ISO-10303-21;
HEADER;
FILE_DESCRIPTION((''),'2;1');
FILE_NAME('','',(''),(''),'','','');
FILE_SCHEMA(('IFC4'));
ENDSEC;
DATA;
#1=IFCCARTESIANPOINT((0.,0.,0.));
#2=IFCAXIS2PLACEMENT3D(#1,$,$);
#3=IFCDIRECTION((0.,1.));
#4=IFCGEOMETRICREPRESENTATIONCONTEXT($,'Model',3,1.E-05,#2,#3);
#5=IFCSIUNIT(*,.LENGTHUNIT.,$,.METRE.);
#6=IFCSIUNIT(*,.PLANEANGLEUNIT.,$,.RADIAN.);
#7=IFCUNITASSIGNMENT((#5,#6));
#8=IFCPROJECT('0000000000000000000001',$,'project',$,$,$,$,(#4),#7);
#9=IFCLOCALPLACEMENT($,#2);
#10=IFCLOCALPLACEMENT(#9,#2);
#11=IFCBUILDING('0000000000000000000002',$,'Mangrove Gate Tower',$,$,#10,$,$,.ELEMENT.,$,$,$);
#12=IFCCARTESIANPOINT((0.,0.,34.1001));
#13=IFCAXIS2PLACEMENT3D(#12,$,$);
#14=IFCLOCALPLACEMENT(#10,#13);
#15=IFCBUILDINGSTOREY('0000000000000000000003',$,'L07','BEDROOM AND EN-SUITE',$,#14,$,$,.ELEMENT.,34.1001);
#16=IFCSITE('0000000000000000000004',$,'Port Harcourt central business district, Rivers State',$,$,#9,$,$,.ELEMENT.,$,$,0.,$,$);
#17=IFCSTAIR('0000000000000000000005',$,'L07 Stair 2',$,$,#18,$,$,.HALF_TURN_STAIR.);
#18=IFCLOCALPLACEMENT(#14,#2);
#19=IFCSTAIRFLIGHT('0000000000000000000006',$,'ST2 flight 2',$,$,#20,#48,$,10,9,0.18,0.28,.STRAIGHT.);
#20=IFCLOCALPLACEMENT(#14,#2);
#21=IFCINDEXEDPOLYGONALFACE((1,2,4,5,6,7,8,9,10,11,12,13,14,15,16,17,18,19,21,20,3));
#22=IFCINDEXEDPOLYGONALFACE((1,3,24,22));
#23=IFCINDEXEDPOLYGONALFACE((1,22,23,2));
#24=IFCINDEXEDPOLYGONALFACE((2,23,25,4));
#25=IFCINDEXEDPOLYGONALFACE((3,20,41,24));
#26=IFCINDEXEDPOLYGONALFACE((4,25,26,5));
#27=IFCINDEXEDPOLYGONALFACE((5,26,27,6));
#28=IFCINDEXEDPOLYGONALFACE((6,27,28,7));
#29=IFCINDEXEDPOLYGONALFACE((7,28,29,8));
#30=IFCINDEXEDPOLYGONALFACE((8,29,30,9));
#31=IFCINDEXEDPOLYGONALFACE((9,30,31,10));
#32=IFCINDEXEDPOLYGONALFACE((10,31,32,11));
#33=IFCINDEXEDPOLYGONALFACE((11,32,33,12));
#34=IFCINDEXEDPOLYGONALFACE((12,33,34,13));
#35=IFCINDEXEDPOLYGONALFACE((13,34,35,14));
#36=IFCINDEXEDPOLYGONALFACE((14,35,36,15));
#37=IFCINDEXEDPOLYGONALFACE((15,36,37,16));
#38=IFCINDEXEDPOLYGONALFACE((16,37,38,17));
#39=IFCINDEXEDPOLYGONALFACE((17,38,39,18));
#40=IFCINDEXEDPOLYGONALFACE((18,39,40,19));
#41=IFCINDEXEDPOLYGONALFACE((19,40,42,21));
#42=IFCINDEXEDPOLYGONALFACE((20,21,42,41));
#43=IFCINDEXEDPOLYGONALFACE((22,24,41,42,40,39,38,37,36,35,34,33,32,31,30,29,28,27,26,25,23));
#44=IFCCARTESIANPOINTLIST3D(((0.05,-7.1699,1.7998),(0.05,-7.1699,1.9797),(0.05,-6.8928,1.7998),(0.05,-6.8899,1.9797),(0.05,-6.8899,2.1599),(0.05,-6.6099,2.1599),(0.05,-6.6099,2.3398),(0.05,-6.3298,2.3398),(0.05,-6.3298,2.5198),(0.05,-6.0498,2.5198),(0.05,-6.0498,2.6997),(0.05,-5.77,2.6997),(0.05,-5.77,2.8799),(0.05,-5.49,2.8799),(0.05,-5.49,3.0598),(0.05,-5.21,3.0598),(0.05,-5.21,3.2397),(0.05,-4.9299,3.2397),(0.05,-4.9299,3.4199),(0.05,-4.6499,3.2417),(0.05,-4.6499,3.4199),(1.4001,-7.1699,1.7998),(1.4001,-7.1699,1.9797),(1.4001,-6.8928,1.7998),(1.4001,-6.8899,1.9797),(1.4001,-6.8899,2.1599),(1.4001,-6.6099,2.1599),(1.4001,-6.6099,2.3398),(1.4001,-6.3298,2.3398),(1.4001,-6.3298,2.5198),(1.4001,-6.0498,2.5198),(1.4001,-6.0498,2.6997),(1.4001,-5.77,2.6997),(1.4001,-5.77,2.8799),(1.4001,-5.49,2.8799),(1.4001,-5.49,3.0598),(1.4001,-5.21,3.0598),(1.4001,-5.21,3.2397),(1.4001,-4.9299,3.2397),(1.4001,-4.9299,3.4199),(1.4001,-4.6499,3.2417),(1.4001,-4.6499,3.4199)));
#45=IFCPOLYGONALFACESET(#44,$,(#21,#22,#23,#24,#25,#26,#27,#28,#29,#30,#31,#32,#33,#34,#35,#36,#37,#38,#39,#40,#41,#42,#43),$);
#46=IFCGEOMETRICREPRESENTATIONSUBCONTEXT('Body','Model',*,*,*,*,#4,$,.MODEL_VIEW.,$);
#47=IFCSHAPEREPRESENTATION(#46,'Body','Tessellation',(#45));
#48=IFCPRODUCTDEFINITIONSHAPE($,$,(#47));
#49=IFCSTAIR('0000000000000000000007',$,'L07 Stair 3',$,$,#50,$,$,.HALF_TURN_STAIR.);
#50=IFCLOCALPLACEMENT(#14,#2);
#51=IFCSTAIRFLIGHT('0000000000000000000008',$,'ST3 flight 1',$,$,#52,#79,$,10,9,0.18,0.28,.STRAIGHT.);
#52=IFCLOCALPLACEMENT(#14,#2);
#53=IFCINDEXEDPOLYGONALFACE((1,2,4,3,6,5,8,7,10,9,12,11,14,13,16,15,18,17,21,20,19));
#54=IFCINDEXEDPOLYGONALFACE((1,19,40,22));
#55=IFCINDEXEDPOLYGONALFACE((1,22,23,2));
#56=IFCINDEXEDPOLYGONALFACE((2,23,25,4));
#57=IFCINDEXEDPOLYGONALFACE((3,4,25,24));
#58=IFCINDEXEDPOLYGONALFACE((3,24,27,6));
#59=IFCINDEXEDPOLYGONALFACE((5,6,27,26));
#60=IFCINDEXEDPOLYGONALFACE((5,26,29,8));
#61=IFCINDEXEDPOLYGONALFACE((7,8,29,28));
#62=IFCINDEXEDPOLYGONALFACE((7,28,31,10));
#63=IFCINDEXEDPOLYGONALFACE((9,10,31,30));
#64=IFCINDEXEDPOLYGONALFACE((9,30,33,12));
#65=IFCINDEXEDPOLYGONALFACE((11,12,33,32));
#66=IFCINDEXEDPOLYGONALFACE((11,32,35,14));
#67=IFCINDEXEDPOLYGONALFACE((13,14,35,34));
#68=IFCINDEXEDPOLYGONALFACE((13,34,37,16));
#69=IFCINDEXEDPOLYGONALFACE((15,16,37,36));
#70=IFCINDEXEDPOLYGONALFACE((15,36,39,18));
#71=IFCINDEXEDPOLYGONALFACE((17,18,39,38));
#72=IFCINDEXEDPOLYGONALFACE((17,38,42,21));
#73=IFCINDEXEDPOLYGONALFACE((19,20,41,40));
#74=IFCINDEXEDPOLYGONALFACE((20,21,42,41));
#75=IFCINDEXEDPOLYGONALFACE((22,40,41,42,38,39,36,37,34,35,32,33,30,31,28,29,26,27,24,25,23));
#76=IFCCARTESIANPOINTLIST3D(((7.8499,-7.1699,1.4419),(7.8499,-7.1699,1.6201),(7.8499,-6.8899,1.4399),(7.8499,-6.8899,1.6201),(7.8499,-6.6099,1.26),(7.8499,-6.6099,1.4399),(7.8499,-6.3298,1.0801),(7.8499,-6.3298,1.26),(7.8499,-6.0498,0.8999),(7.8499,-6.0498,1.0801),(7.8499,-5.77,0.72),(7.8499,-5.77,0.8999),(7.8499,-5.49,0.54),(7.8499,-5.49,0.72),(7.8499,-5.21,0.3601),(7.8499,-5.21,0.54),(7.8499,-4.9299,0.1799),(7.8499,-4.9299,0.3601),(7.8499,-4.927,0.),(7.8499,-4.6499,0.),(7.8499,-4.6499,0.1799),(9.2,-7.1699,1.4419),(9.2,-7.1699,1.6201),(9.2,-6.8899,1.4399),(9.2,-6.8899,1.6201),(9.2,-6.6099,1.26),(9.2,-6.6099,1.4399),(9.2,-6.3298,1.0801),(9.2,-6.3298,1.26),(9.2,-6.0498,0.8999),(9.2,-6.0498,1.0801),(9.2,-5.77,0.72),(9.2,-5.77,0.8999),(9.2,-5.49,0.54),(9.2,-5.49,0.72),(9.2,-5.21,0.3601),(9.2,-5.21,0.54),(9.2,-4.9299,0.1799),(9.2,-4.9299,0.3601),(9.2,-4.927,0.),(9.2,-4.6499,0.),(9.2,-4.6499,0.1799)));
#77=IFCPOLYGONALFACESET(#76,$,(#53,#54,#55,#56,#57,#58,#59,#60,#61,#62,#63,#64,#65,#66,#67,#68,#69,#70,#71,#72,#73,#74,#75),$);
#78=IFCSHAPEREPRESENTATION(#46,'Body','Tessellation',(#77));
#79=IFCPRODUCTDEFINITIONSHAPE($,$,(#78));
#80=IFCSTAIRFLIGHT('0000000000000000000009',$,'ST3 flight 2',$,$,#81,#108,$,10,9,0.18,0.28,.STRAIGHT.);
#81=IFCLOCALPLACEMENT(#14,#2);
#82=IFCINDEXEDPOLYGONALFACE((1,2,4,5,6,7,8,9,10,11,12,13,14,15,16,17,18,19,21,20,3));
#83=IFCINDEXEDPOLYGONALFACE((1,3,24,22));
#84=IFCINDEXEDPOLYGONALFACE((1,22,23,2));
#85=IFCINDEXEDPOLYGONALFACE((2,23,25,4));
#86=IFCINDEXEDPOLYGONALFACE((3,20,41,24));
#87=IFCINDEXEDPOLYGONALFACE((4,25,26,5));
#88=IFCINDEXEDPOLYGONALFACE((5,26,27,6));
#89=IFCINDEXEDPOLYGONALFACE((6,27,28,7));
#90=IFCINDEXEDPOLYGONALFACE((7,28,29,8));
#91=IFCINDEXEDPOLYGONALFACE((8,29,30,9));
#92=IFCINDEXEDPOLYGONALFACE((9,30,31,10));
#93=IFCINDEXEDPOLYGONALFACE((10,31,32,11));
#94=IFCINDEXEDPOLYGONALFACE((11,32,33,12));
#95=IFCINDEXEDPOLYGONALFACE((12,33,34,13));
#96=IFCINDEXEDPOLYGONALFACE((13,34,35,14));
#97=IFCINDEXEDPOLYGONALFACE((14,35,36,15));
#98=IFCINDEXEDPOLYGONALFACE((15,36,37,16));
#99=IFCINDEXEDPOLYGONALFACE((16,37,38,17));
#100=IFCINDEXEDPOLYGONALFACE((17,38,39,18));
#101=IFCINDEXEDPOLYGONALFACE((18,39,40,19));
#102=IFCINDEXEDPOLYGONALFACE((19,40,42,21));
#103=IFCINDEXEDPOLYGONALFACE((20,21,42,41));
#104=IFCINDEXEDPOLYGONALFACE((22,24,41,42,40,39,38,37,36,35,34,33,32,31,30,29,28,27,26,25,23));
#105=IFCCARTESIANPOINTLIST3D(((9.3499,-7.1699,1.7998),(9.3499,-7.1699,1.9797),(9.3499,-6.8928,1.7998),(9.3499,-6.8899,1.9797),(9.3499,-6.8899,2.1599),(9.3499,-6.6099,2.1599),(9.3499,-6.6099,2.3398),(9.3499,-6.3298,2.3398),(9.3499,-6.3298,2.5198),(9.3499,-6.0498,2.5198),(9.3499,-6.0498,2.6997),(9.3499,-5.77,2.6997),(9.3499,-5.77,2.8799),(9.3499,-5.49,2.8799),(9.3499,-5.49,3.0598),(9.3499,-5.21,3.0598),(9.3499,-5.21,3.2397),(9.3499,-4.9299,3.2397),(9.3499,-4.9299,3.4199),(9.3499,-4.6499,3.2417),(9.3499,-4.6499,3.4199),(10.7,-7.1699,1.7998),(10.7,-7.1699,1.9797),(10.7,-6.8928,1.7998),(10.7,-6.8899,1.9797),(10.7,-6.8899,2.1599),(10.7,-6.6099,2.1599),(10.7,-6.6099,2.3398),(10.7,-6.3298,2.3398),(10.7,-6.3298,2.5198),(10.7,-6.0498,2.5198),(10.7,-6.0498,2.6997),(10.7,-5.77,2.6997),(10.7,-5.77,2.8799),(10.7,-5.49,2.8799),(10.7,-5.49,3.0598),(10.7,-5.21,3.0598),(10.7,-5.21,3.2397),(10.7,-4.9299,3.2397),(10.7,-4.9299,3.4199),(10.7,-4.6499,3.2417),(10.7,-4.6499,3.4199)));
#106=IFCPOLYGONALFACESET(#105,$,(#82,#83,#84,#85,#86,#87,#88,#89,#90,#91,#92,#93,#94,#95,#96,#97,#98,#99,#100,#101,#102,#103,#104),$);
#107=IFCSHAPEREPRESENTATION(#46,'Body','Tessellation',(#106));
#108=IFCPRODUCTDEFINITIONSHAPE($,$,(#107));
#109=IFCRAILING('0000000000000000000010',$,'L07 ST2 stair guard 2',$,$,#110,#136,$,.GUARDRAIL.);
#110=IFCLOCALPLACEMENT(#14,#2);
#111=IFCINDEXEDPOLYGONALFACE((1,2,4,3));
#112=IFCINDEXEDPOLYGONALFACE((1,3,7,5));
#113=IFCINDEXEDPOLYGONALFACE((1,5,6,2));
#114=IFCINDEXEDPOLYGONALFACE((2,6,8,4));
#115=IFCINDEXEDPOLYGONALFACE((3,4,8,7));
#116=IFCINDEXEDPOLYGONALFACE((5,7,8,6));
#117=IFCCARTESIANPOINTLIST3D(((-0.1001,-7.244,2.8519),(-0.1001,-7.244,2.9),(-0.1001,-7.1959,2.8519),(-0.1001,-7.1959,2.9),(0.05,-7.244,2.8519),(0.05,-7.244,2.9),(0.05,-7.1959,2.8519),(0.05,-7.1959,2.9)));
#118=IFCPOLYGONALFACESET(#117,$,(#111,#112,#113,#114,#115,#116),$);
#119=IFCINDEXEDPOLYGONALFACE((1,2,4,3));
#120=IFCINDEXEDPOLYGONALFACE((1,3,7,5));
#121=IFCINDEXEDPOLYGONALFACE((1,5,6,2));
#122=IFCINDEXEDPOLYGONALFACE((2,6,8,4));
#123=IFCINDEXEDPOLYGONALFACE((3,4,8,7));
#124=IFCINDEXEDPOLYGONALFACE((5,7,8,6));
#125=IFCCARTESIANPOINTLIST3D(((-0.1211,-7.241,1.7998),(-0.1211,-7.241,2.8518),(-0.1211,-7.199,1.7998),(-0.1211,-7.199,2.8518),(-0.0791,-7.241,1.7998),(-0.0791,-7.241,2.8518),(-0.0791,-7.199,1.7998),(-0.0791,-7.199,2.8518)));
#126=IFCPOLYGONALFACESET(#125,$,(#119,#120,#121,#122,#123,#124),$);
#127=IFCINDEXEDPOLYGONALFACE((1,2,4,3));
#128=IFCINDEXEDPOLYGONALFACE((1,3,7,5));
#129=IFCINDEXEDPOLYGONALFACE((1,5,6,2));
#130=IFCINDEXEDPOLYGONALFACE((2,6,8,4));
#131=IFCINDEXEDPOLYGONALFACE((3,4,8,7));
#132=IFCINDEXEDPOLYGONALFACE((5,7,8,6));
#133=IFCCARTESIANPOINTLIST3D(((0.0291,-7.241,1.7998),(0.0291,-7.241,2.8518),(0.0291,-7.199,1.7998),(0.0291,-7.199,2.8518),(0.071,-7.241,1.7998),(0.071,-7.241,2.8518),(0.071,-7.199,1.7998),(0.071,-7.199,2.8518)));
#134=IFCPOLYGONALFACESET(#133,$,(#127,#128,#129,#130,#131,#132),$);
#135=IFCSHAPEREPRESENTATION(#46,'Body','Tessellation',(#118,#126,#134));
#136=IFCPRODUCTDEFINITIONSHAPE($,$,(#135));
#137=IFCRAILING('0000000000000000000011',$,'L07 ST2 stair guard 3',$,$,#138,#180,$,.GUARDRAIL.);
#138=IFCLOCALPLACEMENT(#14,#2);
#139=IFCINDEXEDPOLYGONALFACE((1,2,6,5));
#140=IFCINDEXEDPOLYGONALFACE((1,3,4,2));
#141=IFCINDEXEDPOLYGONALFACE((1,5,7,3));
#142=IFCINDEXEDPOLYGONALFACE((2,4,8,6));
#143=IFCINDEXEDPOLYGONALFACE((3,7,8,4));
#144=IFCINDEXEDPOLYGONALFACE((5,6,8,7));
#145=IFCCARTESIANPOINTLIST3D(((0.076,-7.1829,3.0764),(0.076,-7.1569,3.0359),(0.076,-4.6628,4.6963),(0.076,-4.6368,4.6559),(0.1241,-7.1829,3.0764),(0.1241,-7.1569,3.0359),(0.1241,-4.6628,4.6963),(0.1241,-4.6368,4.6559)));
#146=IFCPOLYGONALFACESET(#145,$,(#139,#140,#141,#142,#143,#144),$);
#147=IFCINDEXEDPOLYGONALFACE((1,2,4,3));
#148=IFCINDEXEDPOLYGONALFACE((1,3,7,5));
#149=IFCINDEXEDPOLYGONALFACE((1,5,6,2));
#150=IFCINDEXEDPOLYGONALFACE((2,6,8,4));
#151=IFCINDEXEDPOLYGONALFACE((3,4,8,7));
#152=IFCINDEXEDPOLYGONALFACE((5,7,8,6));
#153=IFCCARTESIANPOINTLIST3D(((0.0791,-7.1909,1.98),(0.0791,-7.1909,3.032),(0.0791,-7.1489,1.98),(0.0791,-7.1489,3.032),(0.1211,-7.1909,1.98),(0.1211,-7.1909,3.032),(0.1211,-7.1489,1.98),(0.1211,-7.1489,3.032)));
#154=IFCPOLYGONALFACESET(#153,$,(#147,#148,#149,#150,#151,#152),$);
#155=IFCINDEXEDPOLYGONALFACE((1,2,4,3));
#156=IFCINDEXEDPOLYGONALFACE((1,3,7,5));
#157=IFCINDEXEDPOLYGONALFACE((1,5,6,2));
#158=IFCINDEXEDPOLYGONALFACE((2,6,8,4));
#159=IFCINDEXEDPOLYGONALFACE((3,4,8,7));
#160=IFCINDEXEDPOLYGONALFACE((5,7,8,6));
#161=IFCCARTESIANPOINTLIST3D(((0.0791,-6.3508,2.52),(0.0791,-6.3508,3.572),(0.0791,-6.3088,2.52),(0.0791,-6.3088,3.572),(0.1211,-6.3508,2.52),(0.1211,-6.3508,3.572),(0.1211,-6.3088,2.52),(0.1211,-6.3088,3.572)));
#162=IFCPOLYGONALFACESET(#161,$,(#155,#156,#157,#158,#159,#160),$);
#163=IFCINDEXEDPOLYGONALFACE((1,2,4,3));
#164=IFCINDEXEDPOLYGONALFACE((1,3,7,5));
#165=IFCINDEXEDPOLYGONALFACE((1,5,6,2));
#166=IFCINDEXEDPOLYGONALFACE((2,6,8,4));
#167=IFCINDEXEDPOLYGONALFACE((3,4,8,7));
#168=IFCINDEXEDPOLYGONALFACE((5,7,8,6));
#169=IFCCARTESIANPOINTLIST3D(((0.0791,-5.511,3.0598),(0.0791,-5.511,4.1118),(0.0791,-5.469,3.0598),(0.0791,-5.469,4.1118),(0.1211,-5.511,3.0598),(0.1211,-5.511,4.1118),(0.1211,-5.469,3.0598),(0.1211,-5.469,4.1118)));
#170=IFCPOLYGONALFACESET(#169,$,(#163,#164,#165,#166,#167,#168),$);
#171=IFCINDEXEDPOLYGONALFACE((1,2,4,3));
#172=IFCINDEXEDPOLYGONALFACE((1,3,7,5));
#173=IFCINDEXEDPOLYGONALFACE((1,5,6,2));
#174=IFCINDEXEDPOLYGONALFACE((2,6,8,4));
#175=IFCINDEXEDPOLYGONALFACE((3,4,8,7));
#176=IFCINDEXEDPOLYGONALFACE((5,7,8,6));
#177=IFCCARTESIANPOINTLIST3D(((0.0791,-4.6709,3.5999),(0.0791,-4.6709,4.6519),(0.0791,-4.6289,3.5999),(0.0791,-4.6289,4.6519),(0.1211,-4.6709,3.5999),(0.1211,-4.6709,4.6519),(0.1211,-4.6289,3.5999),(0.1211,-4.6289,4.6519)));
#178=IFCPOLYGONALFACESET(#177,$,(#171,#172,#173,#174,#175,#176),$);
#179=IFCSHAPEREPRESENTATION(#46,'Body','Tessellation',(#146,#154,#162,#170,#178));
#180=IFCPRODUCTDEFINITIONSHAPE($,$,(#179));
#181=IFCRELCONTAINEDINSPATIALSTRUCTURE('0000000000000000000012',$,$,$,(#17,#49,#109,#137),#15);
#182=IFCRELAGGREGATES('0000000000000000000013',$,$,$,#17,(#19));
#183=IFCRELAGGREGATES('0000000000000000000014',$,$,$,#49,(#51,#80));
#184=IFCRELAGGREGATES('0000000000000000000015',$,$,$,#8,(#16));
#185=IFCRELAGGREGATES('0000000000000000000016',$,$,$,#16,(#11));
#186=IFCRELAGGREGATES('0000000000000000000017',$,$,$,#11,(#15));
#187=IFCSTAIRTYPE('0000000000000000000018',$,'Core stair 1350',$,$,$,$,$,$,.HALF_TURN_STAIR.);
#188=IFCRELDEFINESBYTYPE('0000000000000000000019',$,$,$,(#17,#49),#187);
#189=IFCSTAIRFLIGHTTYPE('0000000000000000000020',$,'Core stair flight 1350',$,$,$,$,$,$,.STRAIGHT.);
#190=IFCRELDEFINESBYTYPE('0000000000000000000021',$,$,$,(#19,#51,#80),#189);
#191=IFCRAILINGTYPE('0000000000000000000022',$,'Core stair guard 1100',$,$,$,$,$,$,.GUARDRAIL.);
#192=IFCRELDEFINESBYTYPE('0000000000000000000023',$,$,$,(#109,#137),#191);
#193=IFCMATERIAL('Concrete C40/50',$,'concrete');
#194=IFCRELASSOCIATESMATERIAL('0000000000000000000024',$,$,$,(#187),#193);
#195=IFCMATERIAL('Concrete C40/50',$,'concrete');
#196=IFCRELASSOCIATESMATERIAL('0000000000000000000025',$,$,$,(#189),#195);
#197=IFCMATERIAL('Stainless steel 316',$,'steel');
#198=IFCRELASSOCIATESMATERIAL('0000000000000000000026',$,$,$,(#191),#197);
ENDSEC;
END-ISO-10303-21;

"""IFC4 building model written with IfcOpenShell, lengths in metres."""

from ifc_helpers import new_model, si_unit, direction, frame, origin, origin_2d, place, context, subcontext, project, spatial, polyline, rectangle, outline, extrude, material, type_object, element, aggregate, save


model = new_model("IFC4")

# Units and contexts
model_context = context("Model", 3, precision=1e-05, world=origin(), true_north=direction((0.0, 1.0)))
body_context = subcontext(model_context, "Body", "Model", "MODEL_VIEW")
ifc_project = project(units=[si_unit("LENGTHUNIT", "METRE"), si_unit("PLANEANGLEUNIT", "RADIAN")], contexts=[model_context])

# Site, building, storey
site_placement = place(None, origin())
site = spatial("IfcSite", under=ifc_project, at=site_placement, Name="Port Harcourt central business district, Rivers State", CompositionType="ELEMENT", RefElevation=0.0)
building_placement = place(site_placement, origin())
building = spatial("IfcBuilding", under=site, at=building_placement, Name="Mangrove Gate Tower", CompositionType="ELEMENT")
storey_placement = place(building_placement, frame((0.0, 0.0, 34.1001)))
storey = spatial("IfcBuildingStorey", under=building, at=storey_placement, Name="L07", Description="BEDROOM AND EN-SUITE", CompositionType="ELEMENT", Elevation=34.1001)

# Stair, stair flight
ifc_material_1 = material(Name="Concrete C40/50", Category="concrete")
stair_type = type_object("IfcStairType", Name="Core stair 1350", PredefinedType="HALF_TURN_STAIR", material=ifc_material_1)
stair_1_placement = place(storey_placement, origin())
stair_1 = element("IfcStair", 1, at=stair_1_placement, inside=storey, type_object=stair_type, Name="L07 Stair 2", PredefinedType="HALF_TURN_STAIR")
ifc_material_2 = material(Name="Concrete C40/50", Category="concrete")
stair_flight_type = type_object("IfcStairFlightType", Name="Core stair flight 1350", PredefinedType="STRAIGHT", material=ifc_material_2)
stair_flight_1_placement = place(storey_placement, frame((0.7251, -7.1699, 1.7998), z_axis=(0.0, 0.0, 1.0), x_axis=(0.0, 1.0, 0.0)))
stair_flight_1 = element("IfcStairFlight", 2, at=stair_flight_1_placement, type_object=stair_flight_type, Name="ST2 flight 2", NumberOfRisers=10, NumberOfTreads=9, PredefinedType="STRAIGHT", RiserHeight=0.18, TreadLength=0.28, context=body_context, shape_type="SweptSolid", body=[
    extrude(outline(polyline([(0.0, 0.0), (0.0, 0.1799), (0.28, 0.1799), (0.28, 0.3601), (0.5601, 0.3601), (0.5601, 0.54), (0.8401, 0.54), (0.8401, 0.72), (1.1201, 0.72), (1.1201, 0.8999), (1.3999, 0.8999), (1.3999, 1.0801), (1.6799, 1.0801), (1.6799, 1.26), (1.96, 1.26), (1.96, 1.4399), (2.24, 1.4399), (2.24, 1.6201), (2.52, 1.6201), (2.52, 1.8), (2.52, 1.4419), (0.2771, 0.0), (0.0, 0.0)])), frame((0.0, 0.675, 0.0), z_axis=(0.0, -1.0, 0.0), x_axis=(1.0, 0.0, 0.0)), (0.0, 0.0, 1.0), 1.3501),
])
aggregate(stair_1, [stair_flight_1])

# Stair, stair flights
stair_2_placement = place(storey_placement, origin())
stair_2 = element("IfcStair", 3, at=stair_2_placement, inside=storey, type_object=stair_type, Name="L07 Stair 3", PredefinedType="HALF_TURN_STAIR")
stair_flight_2_placement = place(storey_placement, frame((8.5249, -4.6499, 0.0), z_axis=(0.0, 0.0, 1.0), x_axis=(0.0, -1.0, 0.0)))
stair_flight_2 = element("IfcStairFlight", 4, at=stair_flight_2_placement, type_object=stair_flight_type, Name="ST3 flight 1", NumberOfRisers=10, NumberOfTreads=9, PredefinedType="STRAIGHT", RiserHeight=0.18, TreadLength=0.28, context=body_context, shape_type="SweptSolid", body=[
    extrude(outline(polyline([(0.0, 0.0), (0.0, 0.1799), (0.28, 0.1799), (0.28, 0.3601), (0.5601, 0.3601), (0.5601, 0.54), (0.8401, 0.54), (0.8401, 0.72), (1.1201, 0.72), (1.1201, 0.8999), (1.3999, 0.8999), (1.3999, 1.0801), (1.6799, 1.0801), (1.6799, 1.26), (1.96, 1.26), (1.96, 1.4399), (2.24, 1.4399), (2.24, 1.6201), (2.52, 1.6201), (2.52, 1.8), (2.52, 1.4419), (0.2771, 0.0), (0.0, 0.0)])), frame((0.0, 0.675, 0.0), z_axis=(0.0, -1.0, 0.0), x_axis=(1.0, 0.0, 0.0)), (0.0, 0.0, 1.0), 1.3501),
])
stair_flight_3_placement = place(storey_placement, frame((10.0249, -7.1699, 1.7998), z_axis=(0.0, 0.0, 1.0), x_axis=(0.0, 1.0, 0.0)))
stair_flight_3 = element("IfcStairFlight", 5, at=stair_flight_3_placement, type_object=stair_flight_type, Name="ST3 flight 2", NumberOfRisers=10, NumberOfTreads=9, PredefinedType="STRAIGHT", RiserHeight=0.18, TreadLength=0.28, context=body_context, shape_type="SweptSolid", body=[
    extrude(outline(polyline([(0.0, 0.0), (0.0, 0.1799), (0.28, 0.1799), (0.28, 0.3601), (0.5601, 0.3601), (0.5601, 0.54), (0.8401, 0.54), (0.8401, 0.72), (1.1201, 0.72), (1.1201, 0.8999), (1.3999, 0.8999), (1.3999, 1.0801), (1.6799, 1.0801), (1.6799, 1.26), (1.96, 1.26), (1.96, 1.4399), (2.24, 1.4399), (2.24, 1.6201), (2.52, 1.6201), (2.52, 1.8), (2.52, 1.4419), (0.2771, 0.0), (0.0, 0.0)])), frame((0.0, 0.675, 0.0), z_axis=(0.0, -1.0, 0.0), x_axis=(1.0, 0.0, 0.0)), (0.0, 0.0, 1.0), 1.3501),
])
aggregate(stair_2, [stair_flight_2, stair_flight_3])

# Railings
ifc_material_3 = material(Name="Stainless steel 316", Category="steel")
railing_type_1 = type_object("IfcRailingType", Name="Core stair guard 1100", PredefinedType="GUARDRAIL", material=ifc_material_3)
railing_1_placement = place(storey_placement, frame((-0.1001, -7.22, 1.7998)))
element("IfcRailing", 6, at=railing_1_placement, inside=storey, type_object=railing_type_1, Name="L07 ST2 stair guard 2", PredefinedType="GUARDRAIL", context=body_context, shape_type="SweptSolid", body=[
    extrude(rectangle(XDim=0.0481, YDim=0.0481, at=origin_2d()), frame((0.0, 0.0, 1.0762), z_axis=(1.0, 0.0, 0.0), x_axis=(0.0, 1.0, 0.0)), (0.0, 0.0, 1.0), 0.1501),
    extrude(rectangle(XDim=0.042, YDim=0.042, at=origin_2d()), origin(), (0.0, 0.0, 1.0), 1.052),
    extrude(rectangle(XDim=0.042, YDim=0.042, at=origin_2d()), frame((0.1501, 0.0, 0.0)), (0.0, 0.0, 1.0), 1.052),
])
railing_2_placement = place(storey_placement, frame((0.1001, -7.1699, 1.98)))
element("IfcRailing", 7, at=railing_2_placement, inside=storey, type_object=railing_type_1, Name="L07 ST2 stair guard 3", PredefinedType="GUARDRAIL", context=body_context, shape_type="SweptSolid", body=[
    extrude(rectangle(XDim=0.0481, YDim=0.0481, at=origin_2d()), frame((0.0, 0.0, 1.0762), z_axis=(0.0, 0.8412, 0.540725), x_axis=(-1.0, 0.0, 0.0)), (0.0, 0.0, 1.0), 2.9958),
    extrude(rectangle(XDim=0.042, YDim=0.042, at=origin_2d()), origin(), (0.0, 0.0, 1.0), 1.052),
    extrude(rectangle(XDim=0.042, YDim=0.042, at=origin_2d()), frame((0.0, 0.8401, 0.54)), (0.0, 0.0, 1.0), 1.052),
    extrude(rectangle(XDim=0.042, YDim=0.042, at=origin_2d()), frame((0.0, 1.6799, 1.0798)), (0.0, 0.0, 1.0), 1.052),
    extrude(rectangle(XDim=0.042, YDim=0.042, at=origin_2d()), frame((0.0, 2.52, 1.6199)), (0.0, 0.0, 1.0), 1.052),
])

save(model, "model.ifc")
